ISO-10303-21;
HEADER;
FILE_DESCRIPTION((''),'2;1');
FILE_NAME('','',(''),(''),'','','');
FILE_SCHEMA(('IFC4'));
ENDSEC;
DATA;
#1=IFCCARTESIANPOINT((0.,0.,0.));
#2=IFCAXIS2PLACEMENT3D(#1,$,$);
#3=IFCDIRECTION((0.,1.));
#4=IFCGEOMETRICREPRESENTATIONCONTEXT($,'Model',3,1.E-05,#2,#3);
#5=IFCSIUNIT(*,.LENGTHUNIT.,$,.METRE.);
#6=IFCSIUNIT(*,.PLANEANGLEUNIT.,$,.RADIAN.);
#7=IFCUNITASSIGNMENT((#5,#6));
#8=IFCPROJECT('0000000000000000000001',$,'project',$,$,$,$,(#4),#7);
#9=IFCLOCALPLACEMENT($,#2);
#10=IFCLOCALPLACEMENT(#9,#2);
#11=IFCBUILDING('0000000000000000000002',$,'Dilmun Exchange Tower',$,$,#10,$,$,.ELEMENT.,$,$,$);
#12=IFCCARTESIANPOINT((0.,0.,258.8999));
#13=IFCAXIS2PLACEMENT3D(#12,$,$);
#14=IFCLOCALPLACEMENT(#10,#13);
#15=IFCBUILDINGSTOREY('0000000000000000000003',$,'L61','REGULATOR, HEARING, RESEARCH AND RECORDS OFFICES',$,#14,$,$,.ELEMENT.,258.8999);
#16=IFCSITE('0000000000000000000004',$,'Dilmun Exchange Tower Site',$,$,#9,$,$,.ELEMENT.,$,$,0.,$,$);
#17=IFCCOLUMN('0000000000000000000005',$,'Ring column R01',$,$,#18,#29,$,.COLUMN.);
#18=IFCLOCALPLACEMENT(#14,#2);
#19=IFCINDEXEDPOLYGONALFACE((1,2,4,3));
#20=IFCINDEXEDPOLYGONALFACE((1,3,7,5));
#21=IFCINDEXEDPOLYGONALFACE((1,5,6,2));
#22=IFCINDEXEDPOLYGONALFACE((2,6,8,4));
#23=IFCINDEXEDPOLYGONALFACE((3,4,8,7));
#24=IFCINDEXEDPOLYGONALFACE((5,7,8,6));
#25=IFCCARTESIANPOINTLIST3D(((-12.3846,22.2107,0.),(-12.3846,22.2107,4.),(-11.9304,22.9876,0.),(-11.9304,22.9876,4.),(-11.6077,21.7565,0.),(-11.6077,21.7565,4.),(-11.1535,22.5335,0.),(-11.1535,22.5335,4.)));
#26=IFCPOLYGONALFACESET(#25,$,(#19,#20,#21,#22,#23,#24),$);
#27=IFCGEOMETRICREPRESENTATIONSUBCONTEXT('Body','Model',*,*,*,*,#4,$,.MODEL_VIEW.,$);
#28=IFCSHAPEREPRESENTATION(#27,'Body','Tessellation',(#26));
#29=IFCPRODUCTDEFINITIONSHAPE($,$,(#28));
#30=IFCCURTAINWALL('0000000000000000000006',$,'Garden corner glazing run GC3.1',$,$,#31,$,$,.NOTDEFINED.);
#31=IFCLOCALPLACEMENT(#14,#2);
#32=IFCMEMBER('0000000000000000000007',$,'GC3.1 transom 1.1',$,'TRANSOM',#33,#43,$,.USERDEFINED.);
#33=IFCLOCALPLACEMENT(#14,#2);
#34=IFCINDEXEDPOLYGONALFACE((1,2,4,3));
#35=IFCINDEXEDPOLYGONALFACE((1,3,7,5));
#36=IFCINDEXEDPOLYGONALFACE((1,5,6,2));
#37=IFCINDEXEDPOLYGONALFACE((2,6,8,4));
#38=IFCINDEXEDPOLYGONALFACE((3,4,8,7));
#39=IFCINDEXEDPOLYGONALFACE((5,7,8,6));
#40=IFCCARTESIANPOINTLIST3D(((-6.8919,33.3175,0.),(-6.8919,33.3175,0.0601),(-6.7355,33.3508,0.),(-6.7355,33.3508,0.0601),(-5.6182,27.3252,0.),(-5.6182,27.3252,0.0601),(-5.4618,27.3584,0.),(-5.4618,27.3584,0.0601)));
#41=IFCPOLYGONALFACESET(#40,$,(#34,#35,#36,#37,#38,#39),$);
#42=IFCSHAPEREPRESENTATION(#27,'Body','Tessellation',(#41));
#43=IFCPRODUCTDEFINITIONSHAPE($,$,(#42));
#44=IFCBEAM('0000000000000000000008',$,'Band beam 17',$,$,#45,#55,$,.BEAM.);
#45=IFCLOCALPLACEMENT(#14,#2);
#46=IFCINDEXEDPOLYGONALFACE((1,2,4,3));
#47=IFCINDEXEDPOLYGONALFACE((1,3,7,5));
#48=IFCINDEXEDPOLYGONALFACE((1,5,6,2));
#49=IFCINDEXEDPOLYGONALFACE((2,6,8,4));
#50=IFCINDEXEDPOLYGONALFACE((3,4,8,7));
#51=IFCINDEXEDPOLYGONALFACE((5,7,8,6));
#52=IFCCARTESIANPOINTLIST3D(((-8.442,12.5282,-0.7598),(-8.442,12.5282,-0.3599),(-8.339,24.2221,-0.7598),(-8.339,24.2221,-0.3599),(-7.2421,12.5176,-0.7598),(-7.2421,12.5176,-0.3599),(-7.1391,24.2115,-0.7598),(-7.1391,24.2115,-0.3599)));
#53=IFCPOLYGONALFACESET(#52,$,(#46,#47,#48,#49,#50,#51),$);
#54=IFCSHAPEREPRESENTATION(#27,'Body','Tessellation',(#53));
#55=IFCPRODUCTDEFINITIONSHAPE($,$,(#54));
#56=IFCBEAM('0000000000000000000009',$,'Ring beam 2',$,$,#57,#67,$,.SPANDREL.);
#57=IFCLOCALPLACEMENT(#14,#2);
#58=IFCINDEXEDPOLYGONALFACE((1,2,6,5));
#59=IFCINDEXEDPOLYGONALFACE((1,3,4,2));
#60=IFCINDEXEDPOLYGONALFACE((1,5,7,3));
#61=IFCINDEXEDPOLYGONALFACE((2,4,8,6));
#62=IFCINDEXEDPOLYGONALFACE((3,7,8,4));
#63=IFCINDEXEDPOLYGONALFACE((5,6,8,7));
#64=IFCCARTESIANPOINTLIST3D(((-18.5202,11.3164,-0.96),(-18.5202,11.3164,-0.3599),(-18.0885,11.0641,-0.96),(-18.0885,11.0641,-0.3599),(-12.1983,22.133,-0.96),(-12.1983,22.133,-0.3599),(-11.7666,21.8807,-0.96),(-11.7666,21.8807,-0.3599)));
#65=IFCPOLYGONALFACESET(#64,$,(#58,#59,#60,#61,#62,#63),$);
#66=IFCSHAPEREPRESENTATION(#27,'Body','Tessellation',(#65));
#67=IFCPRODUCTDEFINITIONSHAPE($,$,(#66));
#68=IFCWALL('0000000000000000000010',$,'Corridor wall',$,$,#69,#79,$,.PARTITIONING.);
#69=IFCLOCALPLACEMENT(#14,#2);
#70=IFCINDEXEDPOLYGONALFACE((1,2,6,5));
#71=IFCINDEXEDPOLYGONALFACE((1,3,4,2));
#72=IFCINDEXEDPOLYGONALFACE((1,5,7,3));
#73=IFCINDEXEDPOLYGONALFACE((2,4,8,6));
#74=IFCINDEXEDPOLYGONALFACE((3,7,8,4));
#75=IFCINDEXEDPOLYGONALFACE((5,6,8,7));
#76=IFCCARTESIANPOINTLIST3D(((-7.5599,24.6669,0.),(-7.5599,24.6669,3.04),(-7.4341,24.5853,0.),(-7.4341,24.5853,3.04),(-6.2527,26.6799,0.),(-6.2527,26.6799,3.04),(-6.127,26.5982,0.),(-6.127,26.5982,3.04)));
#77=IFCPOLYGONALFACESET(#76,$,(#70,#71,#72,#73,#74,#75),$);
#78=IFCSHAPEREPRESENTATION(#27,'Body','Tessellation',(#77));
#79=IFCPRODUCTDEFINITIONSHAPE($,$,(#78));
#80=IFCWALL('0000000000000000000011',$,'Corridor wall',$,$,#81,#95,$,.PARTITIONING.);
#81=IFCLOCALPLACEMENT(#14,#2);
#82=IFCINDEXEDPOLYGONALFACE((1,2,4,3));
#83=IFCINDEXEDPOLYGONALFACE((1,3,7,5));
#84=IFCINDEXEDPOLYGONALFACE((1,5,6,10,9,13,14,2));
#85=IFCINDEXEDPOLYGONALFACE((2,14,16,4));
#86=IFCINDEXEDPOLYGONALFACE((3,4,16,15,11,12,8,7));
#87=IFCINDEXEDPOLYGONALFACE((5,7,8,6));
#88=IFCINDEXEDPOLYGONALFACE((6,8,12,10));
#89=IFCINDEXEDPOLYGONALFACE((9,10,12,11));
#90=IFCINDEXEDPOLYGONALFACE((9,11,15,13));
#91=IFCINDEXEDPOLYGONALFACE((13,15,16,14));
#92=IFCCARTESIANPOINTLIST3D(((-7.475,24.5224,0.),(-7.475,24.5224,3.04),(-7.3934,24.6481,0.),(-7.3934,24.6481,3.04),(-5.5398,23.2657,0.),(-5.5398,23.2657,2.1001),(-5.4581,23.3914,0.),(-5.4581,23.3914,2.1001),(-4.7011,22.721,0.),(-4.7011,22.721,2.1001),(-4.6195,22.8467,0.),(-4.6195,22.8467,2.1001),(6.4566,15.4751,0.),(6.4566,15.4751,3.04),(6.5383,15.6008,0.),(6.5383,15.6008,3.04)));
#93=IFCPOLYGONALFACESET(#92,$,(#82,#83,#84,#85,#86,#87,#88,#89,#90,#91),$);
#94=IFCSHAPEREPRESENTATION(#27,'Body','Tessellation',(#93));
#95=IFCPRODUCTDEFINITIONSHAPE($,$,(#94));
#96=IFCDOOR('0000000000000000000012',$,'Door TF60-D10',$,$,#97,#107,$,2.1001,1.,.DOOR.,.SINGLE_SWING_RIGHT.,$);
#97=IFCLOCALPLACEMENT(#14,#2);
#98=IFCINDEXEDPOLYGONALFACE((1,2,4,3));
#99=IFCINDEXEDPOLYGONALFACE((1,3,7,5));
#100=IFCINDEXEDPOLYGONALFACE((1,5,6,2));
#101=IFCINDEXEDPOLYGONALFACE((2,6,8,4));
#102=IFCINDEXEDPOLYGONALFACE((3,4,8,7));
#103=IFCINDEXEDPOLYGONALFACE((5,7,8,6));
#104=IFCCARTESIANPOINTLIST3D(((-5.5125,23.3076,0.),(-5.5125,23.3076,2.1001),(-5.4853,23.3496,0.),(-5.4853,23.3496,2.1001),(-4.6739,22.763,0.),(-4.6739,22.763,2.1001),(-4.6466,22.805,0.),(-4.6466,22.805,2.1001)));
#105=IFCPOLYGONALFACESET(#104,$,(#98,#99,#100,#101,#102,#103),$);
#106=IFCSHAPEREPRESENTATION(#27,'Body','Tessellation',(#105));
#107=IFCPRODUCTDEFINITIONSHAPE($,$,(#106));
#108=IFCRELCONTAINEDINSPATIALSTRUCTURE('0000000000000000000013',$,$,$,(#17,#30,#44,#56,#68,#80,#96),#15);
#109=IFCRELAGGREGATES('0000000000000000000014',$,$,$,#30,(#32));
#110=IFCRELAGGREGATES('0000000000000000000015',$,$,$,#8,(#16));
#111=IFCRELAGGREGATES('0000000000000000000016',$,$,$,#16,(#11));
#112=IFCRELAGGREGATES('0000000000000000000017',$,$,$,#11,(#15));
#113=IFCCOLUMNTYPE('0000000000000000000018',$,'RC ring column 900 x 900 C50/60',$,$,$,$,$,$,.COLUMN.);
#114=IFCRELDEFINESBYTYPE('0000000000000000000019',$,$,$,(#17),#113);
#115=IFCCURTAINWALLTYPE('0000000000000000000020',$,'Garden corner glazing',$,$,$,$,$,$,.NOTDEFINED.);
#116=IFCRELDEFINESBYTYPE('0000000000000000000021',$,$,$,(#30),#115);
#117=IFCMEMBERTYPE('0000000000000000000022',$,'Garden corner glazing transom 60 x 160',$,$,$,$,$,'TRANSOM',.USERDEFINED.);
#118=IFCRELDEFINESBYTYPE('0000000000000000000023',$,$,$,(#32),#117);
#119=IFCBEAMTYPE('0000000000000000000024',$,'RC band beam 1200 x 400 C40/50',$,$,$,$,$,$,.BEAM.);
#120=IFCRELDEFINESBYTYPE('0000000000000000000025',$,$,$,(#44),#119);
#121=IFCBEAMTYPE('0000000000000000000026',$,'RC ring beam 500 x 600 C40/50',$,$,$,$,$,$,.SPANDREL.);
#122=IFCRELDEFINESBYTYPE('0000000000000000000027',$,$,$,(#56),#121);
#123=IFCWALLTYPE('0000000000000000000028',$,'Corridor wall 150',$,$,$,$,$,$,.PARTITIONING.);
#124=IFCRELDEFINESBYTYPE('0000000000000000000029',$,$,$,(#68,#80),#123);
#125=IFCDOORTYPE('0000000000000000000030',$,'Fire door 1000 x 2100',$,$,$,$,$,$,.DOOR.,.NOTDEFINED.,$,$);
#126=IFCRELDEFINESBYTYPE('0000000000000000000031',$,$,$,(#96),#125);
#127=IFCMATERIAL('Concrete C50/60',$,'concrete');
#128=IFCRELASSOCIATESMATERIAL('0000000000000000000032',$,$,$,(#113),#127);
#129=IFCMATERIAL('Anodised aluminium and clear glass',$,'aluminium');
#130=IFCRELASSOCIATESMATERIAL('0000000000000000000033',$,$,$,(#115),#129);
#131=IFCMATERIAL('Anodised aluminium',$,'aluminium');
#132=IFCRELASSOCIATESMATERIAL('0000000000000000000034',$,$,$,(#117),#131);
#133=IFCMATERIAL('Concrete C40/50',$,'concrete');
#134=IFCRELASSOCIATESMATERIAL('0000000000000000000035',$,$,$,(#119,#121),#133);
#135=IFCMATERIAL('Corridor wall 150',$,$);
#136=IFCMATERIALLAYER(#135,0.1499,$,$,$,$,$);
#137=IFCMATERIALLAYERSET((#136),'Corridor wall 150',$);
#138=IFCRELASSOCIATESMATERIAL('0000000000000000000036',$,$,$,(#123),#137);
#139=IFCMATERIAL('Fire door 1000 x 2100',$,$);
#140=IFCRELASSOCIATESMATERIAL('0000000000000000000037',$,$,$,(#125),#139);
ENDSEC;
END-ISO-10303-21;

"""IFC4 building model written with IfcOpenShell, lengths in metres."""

from ifc_helpers import new_model, si_unit, direction, frame, frame_2d, origin, origin_2d, place, context, subcontext, project, spatial, rectangle, extrude, material, layer, layer_set, material_profile, profile_set, type_object, element, fill, aggregate, save


model = new_model("IFC4")

# Units and contexts
model_context = context("Model", 3, precision=1e-05, world=origin(), true_north=direction((0.0, 1.0)))
body_context = subcontext(model_context, "Body", "Model", "MODEL_VIEW")
ifc_project = project(units=[si_unit("LENGTHUNIT", "METRE"), si_unit("PLANEANGLEUNIT", "RADIAN")], contexts=[model_context])

# Site, building, storey
site_placement = place(None, origin())
site = spatial("IfcSite", under=ifc_project, at=site_placement, Name="Dilmun Exchange Tower Site", CompositionType="ELEMENT", RefElevation=0.0)
building_placement = place(site_placement, origin())
building = spatial("IfcBuilding", under=site, at=building_placement, Name="Dilmun Exchange Tower", CompositionType="ELEMENT")
storey_placement = place(building_placement, frame((0.0, 0.0, 258.8999)))
storey = spatial("IfcBuildingStorey", under=building, at=storey_placement, Name="L61", Description="REGULATOR, HEARING, RESEARCH AND RECORDS OFFICES", CompositionType="ELEMENT", Elevation=258.8999)

# Column
ifc_material_1 = material(Name="Concrete C50/60", Category="concrete")
ifc_material_profile_1 = material_profile(ifc_material_1, rectangle(XDim=0.8999, YDim=0.8999, at=origin_2d()), Name="900 x 900")
ifc_profile_set_1 = profile_set([ifc_material_profile_1], Name="Concrete C50/60")
column_type = type_object("IfcColumnType", Name="RC ring column 900 x 900 C50/60", PredefinedType="COLUMN", material=ifc_profile_set_1)
column_placement = place(storey_placement, frame((-11.769, 22.3721, 0.0), z_axis=(0.0, 0.0, 1.0), x_axis=(0.504644, 0.863328, 0.0)))
element("IfcColumn", 1, at=column_placement, inside=storey, type_object=column_type, Name="Ring column R01", PredefinedType="COLUMN", context=body_context, shape_type="SweptSolid", body=[
    extrude(rectangle(XDim=0.8999, YDim=0.8999, at=origin_2d()), origin(), (0.0, 0.0, 1.0), 4.0),
])

# Curtain wall, member
ifc_material_2 = material(Name="Anodised aluminium and clear glass", Category="aluminium")
curtain_wall_type = type_object("IfcCurtainWallType", Name="Garden corner glazing", PredefinedType="NOTDEFINED", material=ifc_material_2)
curtain_wall_placement = place(storey_placement, origin())
curtain_wall = element("IfcCurtainWall", 2, at=curtain_wall_placement, inside=storey, type_object=curtain_wall_type, Name="Garden corner glazing run GC3.1", PredefinedType="NOTDEFINED")
ifc_material_3 = material(Name="Anodised aluminium", Category="aluminium")
ifc_material_profile_2 = material_profile(ifc_material_3, rectangle(XDim=0.1599, YDim=0.0601, at=origin_2d()), Name="AL 60x160")
ifc_profile_set_2 = profile_set([ifc_material_profile_2], Name="Anodised aluminium")
member_type = type_object("IfcMemberType", Name="Garden corner glazing transom 60 x 160", ElementType="TRANSOM", PredefinedType="USERDEFINED", material=ifc_profile_set_2)
member_placement = place(storey_placement, frame((-5.54, 27.3418, 0.03), z_axis=(-0.207904, 0.978149, 0.0), x_axis=(-0.978149, -0.207904, 0.0)))
member = element("IfcMember", 3, at=member_placement, type_object=member_type, Name="GC3.1 transom 1.1", ObjectType="TRANSOM", PredefinedType="USERDEFINED", context=body_context, shape_type="SweptSolid", body=[
    extrude(rectangle(XDim=0.1599, YDim=0.0601, at=origin_2d()), origin(), (0.0, 0.0, 1.0), 6.1262),
])
aggregate(curtain_wall, [member])

# Beams
ifc_material_4 = material(Name="Concrete C40/50", Category="concrete")
ifc_material_profile_3 = material_profile(ifc_material_4, rectangle(XDim=1.2, YDim=0.3999, at=origin_2d()), Name="1200 x 400")
ifc_profile_set_3 = profile_set([ifc_material_profile_3], Name="Concrete C40/50")
beam_type_1 = type_object("IfcBeamType", Name="RC band beam 1200 x 400 C40/50", PredefinedType="BEAM", material=ifc_profile_set_3)
beam_1_placement = place(storey_placement, frame((-7.739, 24.2168, -0.5598), z_axis=(-0.00881, -0.999961, 0.0), x_axis=(0.999961, -0.00881, 0.0)))
element("IfcBeam", 4, at=beam_1_placement, inside=storey, type_object=beam_type_1, Name="Band beam 17", PredefinedType="BEAM", context=body_context, shape_type="SweptSolid", body=[
    extrude(rectangle(XDim=1.2, YDim=0.3999, at=origin_2d()), origin(), (0.0, 0.0, 1.0), 11.6943),
])
ifc_material_profile_4 = material_profile(ifc_material_4, rectangle(XDim=0.5, YDim=0.6001, at=origin_2d()), Name="500 x 600")
ifc_profile_set_4 = profile_set([ifc_material_profile_4], Name="Concrete C40/50")
beam_type_2 = type_object("IfcBeamType", Name="RC ring beam 500 x 600 C40/50", PredefinedType="SPANDREL", material=ifc_profile_set_4)
beam_2_placement = place(storey_placement, frame((-11.9824, 22.0068, -0.6599), z_axis=(-0.504604, -0.863351, 0.0), x_axis=(0.863351, -0.504604, 0.0)))
element("IfcBeam", 5, at=beam_2_placement, inside=storey, type_object=beam_type_2, Name="Ring beam 2", PredefinedType="SPANDREL", context=body_context, shape_type="SweptSolid", body=[
    extrude(rectangle(XDim=0.5, YDim=0.6001, at=origin_2d()), origin(), (0.0, 0.0, 1.0), 12.5286),
])

# Wall
ifc_material_5 = material(Name="Corridor wall 150")
ifc_layer = layer(ifc_material_5, 0.1499)
ifc_layer_set = layer_set([ifc_layer], Name="Corridor wall 150")
wall_type = type_object("IfcWallType", Name="Corridor wall 150", PredefinedType="PARTITIONING", material=ifc_layer_set)
wall_1_placement = place(storey_placement, frame((-7.4971, 24.626, 0.0), z_axis=(0.0, 0.0, 1.0), x_axis=(0.544613, 0.838688, 0.0)))
element("IfcWall", 6, at=wall_1_placement, inside=storey, type_object=wall_type, Name="Corridor wall", PredefinedType="PARTITIONING", context=body_context, shape_type="SweptSolid", body=[
    extrude(rectangle(XDim=2.4001, YDim=0.1499, at=frame_2d((1.2002, 0.0))), origin(), (0.0, 0.0, 1.0), 3.04),
])

# Wall, opening, door
wall_2_placement = place(storey_placement, frame((-7.4341, 24.5852, 0.0), z_axis=(0.0, 0.0, 1.0), x_axis=(0.838669, -0.544641, 0.0)))
wall_2 = element("IfcWall", 7, at=wall_2_placement, inside=storey, type_object=wall_type, Name="Corridor wall", PredefinedType="PARTITIONING", context=body_context, shape_type="SweptSolid", body=[
    extrude(rectangle(XDim=16.6116, YDim=0.1499, at=frame_2d((8.3057, 0.0))), origin(), (0.0, 0.0, 1.0), 3.04),
])
opening_1_placement = place(wall_2_placement, frame((2.3074, 0.0, 0.0)))
opening_1 = element("IfcOpeningElement", 8, at=opening_1_placement, cuts=wall_2, PredefinedType="OPENING", context=body_context, shape_type="SweptSolid", body=[
    extrude(rectangle(XDim=1.0, YDim=2.1001, at=frame_2d((0.5, 1.05))), frame((0.0, 0.085, 0.0), z_axis=(0.0, -1.0, 0.0), x_axis=(1.0, 0.0, 0.0)), (0.0, 0.0, 1.0), 0.1699),
])
ifc_material_6 = material(Name="Fire door 1000 x 2100")
door_type_1 = type_object("IfcDoorType", Name="Fire door 1000 x 2100", OperationType="NOTDEFINED", PredefinedType="DOOR", material=ifc_material_6)
door_1_placement = place(opening_1_placement, frame((1.0, 0.0, 0.0), z_axis=(0.0, 0.0, 1.0), x_axis=(-1.0, 0.0, 0.0)))
door_1 = element("IfcDoor", 9, at=door_1_placement, inside=storey, type_object=door_type_1, Name="Door TF60-D10", OperationType="SINGLE_SWING_RIGHT", OverallHeight=2.1001, OverallWidth=1.0, PredefinedType="DOOR", context=body_context, shape_type="SweptSolid", body=[
    extrude(rectangle(XDim=1.0, YDim=2.1001, at=frame_2d((0.5, 1.05))), frame((0.0, 0.0249, 0.0), z_axis=(0.0, -1.0, 0.0), x_axis=(1.0, 0.0, 0.0)), (0.0, 0.0, 1.0), 0.05),
])
fill(opening_1, door_1)

save(model, "model.ifc")
